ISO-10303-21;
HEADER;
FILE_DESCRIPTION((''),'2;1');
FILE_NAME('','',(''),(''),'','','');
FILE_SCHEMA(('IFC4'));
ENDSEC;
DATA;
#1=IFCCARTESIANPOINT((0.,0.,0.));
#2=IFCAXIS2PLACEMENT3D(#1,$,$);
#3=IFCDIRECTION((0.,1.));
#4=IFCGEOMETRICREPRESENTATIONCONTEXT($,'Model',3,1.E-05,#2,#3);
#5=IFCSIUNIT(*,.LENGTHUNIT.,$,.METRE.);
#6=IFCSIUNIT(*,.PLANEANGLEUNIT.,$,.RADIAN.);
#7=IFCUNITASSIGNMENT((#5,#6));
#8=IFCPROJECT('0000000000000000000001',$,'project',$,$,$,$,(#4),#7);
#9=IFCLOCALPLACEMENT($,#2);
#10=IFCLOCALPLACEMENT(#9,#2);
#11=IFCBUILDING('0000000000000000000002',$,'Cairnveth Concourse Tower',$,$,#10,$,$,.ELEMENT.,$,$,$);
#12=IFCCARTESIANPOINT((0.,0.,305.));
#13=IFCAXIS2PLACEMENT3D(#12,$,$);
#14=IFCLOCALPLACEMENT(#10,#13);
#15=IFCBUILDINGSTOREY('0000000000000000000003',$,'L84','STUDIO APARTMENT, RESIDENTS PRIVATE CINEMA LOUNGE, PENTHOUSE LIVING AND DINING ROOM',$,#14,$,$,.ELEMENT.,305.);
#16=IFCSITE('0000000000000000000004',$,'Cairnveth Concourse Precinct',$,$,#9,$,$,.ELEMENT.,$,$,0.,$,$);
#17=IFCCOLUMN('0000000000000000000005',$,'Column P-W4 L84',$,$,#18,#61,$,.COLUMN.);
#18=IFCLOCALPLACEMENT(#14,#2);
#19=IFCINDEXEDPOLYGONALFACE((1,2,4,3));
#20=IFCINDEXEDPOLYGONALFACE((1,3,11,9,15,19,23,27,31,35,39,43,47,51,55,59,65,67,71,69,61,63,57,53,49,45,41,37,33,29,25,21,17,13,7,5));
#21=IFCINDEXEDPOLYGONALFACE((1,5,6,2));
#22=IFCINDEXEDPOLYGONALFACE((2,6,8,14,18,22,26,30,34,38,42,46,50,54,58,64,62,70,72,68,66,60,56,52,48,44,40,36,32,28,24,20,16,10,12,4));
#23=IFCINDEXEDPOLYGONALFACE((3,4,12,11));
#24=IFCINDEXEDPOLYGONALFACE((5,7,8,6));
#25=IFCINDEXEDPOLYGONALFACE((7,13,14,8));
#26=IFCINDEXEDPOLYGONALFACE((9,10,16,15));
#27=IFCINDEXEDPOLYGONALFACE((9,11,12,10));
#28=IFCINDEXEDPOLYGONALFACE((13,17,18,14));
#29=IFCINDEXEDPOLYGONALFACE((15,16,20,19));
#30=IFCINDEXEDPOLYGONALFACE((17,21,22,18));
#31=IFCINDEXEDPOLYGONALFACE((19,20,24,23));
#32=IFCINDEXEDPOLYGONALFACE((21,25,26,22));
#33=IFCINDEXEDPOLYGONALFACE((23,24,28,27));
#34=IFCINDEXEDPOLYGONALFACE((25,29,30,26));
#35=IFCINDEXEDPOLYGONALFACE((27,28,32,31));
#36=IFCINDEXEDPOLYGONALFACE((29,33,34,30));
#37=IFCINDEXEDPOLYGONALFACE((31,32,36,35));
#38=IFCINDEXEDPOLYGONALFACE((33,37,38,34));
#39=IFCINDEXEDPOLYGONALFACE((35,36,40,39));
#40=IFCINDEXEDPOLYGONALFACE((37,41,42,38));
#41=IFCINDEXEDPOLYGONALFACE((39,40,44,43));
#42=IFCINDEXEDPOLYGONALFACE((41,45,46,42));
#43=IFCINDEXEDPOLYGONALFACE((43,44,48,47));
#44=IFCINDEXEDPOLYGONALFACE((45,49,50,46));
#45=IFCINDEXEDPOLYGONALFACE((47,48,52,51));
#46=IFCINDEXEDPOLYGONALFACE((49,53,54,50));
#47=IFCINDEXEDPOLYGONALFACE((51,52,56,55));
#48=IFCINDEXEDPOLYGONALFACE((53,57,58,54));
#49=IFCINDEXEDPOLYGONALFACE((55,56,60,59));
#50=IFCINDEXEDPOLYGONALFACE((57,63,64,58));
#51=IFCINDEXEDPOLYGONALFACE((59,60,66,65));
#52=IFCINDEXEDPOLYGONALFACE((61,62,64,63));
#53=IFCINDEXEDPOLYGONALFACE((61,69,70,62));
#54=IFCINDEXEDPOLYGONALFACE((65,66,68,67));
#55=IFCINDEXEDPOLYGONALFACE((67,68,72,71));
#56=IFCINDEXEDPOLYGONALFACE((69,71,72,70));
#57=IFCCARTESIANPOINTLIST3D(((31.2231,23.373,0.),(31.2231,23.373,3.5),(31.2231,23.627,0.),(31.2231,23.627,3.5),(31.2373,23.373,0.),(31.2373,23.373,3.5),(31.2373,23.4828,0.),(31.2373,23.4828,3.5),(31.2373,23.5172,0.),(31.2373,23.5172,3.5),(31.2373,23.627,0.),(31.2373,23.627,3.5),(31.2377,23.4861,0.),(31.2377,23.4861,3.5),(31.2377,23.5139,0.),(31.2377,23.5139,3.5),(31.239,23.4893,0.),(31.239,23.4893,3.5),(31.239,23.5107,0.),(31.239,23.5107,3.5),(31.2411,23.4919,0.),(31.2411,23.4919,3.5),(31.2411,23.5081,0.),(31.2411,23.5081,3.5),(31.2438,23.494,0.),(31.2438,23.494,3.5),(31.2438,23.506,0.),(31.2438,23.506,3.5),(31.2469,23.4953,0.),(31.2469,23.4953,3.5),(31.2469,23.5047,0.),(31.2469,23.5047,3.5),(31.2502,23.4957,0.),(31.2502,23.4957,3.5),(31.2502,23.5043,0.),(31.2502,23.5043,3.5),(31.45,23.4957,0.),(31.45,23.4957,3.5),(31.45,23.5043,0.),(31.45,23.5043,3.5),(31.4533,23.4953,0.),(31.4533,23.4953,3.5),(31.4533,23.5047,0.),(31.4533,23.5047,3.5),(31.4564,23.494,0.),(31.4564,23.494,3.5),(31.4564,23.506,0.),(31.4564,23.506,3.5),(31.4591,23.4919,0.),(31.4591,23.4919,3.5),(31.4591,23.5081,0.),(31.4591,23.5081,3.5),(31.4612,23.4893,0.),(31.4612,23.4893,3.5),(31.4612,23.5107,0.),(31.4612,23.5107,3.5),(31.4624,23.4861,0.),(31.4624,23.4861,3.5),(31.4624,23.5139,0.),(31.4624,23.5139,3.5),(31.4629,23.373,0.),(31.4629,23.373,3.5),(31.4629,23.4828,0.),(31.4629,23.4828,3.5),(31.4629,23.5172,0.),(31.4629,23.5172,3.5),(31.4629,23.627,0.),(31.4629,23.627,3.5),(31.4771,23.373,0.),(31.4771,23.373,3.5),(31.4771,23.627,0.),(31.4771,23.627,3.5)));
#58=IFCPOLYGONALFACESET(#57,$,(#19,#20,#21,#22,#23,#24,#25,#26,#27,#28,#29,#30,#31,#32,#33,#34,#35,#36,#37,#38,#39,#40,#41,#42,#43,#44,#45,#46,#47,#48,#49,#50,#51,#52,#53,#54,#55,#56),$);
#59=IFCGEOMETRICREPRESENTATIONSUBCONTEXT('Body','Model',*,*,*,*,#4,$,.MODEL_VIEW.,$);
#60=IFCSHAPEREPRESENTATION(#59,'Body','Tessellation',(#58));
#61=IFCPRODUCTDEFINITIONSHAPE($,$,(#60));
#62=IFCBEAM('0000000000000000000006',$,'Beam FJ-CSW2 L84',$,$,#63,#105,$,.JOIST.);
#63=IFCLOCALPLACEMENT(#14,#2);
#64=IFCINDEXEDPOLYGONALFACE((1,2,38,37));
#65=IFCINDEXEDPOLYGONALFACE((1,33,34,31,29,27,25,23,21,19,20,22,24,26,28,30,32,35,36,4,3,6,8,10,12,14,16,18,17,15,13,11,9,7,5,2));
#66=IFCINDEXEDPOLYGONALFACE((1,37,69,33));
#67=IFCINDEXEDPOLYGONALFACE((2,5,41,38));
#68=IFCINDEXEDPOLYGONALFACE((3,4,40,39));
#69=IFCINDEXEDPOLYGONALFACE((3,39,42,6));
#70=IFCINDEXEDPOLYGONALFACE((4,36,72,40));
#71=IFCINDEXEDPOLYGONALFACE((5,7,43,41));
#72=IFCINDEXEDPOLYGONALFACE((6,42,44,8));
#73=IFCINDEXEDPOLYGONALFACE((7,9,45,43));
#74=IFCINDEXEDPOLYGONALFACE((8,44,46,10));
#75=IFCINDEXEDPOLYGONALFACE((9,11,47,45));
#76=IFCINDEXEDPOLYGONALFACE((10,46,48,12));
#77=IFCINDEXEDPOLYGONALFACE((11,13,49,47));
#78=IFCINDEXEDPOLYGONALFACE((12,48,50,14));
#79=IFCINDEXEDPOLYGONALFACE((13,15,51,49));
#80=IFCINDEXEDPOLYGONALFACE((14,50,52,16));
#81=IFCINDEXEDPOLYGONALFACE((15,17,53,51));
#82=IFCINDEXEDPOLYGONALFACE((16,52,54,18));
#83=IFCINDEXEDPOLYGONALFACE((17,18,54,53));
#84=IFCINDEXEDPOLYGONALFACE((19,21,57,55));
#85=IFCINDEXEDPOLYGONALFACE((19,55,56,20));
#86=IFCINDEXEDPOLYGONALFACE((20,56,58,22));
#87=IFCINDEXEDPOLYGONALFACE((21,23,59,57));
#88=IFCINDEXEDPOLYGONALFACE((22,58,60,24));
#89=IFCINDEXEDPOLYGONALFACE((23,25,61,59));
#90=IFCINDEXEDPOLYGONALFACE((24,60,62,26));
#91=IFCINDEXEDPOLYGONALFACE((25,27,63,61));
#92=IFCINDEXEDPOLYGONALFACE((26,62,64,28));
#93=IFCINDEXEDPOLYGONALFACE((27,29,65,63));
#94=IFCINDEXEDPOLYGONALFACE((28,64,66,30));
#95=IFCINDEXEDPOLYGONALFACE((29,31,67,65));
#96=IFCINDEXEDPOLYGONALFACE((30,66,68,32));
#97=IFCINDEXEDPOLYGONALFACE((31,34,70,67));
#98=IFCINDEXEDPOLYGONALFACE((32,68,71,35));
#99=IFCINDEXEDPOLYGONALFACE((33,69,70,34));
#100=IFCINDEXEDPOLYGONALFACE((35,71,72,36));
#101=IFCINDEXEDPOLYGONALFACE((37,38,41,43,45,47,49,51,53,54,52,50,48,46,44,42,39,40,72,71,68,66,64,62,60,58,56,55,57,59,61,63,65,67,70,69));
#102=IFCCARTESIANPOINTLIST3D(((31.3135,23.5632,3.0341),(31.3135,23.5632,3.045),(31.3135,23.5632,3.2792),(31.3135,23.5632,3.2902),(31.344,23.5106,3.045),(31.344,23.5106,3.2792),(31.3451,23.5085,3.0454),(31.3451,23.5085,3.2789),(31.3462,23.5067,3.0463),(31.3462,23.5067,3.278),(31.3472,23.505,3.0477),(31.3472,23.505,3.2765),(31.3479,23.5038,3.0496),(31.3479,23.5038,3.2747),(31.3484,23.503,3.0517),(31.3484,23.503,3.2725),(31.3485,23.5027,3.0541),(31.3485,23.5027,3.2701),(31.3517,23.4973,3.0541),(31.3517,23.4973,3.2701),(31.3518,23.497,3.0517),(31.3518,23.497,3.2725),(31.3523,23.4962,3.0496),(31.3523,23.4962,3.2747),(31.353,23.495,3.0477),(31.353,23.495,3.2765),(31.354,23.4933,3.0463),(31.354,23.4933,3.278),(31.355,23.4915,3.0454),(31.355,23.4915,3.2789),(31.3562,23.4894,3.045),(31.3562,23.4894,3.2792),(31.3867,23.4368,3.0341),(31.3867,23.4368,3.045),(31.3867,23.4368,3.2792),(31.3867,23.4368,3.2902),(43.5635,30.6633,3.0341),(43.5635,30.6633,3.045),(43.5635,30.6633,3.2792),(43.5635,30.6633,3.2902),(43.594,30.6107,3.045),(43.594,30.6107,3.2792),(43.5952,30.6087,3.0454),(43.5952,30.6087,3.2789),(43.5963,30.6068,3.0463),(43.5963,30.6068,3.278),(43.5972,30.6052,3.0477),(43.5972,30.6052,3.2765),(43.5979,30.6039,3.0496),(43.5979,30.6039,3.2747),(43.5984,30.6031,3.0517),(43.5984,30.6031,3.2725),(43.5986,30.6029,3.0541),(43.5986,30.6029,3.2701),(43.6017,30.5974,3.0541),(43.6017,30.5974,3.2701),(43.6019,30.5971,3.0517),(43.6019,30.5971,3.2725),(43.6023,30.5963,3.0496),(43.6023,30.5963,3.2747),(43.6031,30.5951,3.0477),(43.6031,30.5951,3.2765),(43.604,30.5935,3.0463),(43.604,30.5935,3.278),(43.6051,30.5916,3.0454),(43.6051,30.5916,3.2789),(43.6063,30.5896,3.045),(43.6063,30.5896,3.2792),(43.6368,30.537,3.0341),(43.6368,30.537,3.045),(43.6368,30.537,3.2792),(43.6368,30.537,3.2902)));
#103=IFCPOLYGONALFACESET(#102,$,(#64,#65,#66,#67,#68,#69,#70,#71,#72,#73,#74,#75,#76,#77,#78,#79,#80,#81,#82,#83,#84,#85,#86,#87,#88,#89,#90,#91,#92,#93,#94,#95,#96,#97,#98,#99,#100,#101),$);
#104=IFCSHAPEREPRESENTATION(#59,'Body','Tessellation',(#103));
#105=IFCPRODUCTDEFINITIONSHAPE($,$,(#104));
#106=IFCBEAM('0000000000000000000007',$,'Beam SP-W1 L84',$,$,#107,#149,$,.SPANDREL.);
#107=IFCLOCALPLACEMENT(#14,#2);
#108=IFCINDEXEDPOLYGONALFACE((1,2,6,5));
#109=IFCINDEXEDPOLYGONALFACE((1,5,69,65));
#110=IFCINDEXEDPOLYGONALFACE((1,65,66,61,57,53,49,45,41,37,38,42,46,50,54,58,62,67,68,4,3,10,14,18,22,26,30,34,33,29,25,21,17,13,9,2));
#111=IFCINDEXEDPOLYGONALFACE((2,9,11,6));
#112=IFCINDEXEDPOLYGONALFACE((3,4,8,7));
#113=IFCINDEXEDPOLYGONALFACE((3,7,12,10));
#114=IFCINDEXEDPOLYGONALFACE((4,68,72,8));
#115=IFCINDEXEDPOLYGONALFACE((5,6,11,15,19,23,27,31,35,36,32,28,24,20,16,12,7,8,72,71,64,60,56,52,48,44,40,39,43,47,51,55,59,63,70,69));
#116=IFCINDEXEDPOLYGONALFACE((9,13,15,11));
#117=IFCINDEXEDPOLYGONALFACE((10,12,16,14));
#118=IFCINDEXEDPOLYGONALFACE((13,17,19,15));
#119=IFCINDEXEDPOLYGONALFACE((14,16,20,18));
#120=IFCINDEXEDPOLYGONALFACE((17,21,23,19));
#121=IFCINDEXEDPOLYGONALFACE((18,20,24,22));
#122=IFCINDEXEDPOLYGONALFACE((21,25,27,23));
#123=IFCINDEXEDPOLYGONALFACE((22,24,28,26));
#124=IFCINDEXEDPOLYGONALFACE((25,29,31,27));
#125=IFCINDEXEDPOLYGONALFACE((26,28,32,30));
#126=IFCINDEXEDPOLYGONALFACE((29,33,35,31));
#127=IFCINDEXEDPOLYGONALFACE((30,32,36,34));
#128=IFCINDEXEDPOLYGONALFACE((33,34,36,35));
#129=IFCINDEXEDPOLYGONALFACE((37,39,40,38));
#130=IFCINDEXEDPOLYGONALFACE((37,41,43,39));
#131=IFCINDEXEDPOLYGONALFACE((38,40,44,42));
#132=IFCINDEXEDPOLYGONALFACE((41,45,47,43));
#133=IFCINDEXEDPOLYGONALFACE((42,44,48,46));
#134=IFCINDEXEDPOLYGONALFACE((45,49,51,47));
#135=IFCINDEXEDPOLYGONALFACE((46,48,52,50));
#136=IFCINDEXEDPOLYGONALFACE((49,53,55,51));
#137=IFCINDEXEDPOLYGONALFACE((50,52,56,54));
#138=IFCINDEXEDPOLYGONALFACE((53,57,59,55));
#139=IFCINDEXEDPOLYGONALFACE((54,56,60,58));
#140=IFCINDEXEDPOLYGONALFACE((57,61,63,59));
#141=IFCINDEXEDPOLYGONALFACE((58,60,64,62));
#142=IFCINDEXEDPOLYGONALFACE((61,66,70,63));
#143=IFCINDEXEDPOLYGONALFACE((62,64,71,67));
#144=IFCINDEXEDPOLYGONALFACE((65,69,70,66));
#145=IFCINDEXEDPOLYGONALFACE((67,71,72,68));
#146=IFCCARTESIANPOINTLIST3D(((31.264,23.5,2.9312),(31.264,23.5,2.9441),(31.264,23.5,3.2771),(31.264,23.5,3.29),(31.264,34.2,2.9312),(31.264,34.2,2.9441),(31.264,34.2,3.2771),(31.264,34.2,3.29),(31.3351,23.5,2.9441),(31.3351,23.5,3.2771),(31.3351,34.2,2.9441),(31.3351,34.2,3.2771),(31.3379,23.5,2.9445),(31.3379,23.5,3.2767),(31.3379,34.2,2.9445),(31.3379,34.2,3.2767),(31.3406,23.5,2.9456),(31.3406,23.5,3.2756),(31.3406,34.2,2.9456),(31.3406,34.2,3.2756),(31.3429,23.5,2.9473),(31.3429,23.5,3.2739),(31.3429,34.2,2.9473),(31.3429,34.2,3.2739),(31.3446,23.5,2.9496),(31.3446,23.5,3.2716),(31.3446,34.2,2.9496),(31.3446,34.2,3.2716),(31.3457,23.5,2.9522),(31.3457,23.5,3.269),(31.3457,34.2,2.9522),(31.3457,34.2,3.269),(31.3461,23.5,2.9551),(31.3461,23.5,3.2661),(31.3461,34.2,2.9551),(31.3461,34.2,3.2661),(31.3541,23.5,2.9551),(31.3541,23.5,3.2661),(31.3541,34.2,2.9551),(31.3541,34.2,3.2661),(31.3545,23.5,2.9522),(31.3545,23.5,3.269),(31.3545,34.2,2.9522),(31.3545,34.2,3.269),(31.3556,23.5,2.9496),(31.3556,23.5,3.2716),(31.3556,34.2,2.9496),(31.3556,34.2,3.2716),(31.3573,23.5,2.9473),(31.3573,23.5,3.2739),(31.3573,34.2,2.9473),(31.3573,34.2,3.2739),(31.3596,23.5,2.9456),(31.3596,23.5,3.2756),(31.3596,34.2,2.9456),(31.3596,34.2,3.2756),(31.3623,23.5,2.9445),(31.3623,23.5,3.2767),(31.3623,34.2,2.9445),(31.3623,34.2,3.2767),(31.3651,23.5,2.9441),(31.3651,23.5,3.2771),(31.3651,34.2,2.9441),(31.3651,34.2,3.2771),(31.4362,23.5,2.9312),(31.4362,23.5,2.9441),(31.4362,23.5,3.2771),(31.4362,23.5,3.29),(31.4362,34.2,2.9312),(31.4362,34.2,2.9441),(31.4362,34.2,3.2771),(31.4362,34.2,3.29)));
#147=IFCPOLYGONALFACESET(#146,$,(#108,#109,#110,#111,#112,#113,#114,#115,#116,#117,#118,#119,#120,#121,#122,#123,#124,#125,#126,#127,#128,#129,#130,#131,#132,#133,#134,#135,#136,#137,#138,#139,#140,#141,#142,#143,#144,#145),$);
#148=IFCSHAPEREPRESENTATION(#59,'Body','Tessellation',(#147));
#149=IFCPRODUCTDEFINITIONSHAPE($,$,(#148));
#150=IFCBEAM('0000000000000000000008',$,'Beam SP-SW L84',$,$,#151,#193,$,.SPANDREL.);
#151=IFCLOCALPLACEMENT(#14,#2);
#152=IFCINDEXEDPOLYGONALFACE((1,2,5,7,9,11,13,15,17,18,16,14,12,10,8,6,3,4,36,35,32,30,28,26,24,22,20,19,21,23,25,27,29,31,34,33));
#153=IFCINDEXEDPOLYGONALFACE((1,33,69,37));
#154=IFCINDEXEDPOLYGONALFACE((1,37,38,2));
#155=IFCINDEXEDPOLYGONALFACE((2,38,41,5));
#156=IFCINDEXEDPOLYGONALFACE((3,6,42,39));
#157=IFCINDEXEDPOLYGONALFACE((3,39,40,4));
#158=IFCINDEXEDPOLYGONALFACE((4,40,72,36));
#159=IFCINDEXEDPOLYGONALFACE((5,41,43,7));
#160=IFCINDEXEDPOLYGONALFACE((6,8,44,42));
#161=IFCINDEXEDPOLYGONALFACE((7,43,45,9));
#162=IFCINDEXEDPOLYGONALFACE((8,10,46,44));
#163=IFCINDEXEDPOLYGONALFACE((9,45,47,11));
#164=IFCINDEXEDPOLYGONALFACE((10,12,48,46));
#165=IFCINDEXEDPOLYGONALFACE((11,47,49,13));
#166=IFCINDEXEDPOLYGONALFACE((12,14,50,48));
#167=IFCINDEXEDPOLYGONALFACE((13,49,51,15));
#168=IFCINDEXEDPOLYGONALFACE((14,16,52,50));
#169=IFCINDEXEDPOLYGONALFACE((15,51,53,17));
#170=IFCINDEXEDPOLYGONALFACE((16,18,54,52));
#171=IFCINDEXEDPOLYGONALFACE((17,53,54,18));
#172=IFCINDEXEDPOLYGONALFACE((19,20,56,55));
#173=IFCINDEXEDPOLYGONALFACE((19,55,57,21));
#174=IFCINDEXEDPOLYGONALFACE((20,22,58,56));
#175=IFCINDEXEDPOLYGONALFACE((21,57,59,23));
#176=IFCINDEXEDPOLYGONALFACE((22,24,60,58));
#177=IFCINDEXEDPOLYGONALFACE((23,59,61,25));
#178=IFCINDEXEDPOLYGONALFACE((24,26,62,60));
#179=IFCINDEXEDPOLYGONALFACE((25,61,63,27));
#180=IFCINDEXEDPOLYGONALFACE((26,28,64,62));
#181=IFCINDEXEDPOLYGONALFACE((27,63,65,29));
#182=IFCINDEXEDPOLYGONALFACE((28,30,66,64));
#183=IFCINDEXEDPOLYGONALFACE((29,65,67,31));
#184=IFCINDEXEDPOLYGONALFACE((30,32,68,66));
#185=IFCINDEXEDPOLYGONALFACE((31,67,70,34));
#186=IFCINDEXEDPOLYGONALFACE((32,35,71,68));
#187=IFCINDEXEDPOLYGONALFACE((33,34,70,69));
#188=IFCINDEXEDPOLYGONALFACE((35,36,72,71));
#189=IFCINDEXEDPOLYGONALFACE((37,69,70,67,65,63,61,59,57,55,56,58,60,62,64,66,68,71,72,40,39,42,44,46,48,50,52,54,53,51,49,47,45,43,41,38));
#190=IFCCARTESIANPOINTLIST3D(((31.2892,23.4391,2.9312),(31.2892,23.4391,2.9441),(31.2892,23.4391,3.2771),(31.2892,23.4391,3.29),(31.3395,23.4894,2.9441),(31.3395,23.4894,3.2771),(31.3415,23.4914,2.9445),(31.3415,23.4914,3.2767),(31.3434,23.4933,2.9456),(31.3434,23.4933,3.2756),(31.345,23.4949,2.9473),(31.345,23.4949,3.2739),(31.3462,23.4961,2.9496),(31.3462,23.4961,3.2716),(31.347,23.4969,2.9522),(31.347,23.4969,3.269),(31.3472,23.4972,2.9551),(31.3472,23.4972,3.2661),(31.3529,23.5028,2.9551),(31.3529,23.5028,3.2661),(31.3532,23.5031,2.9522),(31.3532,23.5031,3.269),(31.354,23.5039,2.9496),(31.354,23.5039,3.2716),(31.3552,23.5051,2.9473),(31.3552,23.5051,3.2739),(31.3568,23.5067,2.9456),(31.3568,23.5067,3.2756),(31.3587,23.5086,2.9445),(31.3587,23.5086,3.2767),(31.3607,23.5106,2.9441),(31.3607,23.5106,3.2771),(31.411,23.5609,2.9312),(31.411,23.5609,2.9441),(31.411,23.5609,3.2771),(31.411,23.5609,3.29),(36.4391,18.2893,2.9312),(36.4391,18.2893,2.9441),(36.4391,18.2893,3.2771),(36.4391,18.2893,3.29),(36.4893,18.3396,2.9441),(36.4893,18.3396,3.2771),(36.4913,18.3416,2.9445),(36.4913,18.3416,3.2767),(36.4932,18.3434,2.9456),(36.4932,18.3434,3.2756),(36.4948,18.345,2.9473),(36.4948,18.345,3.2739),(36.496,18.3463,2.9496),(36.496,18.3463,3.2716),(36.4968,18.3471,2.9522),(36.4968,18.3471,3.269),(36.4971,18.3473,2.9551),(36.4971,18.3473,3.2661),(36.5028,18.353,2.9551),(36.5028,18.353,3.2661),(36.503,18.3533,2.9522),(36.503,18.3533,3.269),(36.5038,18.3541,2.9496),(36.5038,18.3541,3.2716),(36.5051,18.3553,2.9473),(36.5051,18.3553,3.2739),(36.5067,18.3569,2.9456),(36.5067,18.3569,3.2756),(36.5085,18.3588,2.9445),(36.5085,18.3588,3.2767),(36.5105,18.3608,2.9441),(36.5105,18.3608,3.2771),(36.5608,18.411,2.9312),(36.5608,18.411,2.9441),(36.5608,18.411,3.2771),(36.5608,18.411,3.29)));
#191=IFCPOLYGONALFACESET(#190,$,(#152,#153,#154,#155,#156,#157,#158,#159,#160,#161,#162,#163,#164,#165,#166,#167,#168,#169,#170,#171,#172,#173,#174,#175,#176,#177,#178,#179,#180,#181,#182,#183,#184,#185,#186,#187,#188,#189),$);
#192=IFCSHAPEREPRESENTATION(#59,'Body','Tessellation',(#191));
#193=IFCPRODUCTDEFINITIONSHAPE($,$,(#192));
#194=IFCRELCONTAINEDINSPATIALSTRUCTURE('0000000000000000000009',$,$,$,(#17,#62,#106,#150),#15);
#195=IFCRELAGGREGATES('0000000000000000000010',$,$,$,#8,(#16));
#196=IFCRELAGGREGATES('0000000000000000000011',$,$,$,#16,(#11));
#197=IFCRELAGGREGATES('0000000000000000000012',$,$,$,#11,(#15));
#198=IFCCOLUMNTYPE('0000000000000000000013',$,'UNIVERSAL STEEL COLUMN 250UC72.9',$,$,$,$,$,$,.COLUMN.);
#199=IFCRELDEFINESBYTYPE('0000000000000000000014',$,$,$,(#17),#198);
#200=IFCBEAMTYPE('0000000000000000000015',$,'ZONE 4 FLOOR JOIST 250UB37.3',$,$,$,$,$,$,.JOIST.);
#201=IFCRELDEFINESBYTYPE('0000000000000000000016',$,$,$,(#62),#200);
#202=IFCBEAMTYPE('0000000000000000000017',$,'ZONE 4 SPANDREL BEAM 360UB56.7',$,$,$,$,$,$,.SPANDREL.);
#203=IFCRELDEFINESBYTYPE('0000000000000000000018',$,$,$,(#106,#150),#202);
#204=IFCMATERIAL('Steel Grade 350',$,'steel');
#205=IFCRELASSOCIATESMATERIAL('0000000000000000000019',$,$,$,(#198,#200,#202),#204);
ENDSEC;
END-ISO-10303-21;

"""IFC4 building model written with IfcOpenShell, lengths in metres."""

from ifc_helpers import new_model, si_unit, direction, frame, origin, origin_2d, place, context, subcontext, project, spatial, i_section, extrude, material, material_profile, profile_set, type_object, element, save


model = new_model("IFC4")

# Units and contexts
model_context = context("Model", 3, precision=1e-05, world=origin(), true_north=direction((0.0, 1.0)))
body_context = subcontext(model_context, "Body", "Model", "MODEL_VIEW")
ifc_project = project(units=[si_unit("LENGTHUNIT", "METRE"), si_unit("PLANEANGLEUNIT", "RADIAN")], contexts=[model_context])

# Site, building, storey
site_placement = place(None, origin())
site = spatial("IfcSite", under=ifc_project, at=site_placement, Name="Cairnveth Concourse Precinct", CompositionType="ELEMENT", RefElevation=0.0)
building_placement = place(site_placement, origin())
building = spatial("IfcBuilding", under=site, at=building_placement, Name="Cairnveth Concourse Tower", CompositionType="ELEMENT")
storey_placement = place(building_placement, frame((0.0, 0.0, 305.0)))
storey = spatial("IfcBuildingStorey", under=building, at=storey_placement, Name="L84", Description="STUDIO APARTMENT, RESIDENTS PRIVATE CINEMA LOUNGE, PENTHOUSE LIVING AND DINING ROOM", CompositionType="ELEMENT", Elevation=305.0)

# Column
ifc_material_1 = material(Name="Steel Grade 350", Category="steel")
ifc_material_profile_1 = material_profile(ifc_material_1, i_section(OverallWidth=0.2539, OverallDepth=0.2539, WebThickness=0.0085, FlangeThickness=0.0142, FilletRadius=0.0129, at=origin_2d()), Name="250UC72.9")
ifc_profile_set_1 = profile_set([ifc_material_profile_1], Name="Steel Grade 350")
column_type = type_object("IfcColumnType", Name="UNIVERSAL STEEL COLUMN 250UC72.9", PredefinedType="COLUMN", material=ifc_profile_set_1)
column_placement = place(storey_placement, frame((31.3501, 23.5, 0.0), z_axis=(0.0, 0.0, 1.0), x_axis=(0.0, 1.0, 0.0)))
element("IfcColumn", 1, at=column_placement, inside=storey, type_object=column_type, Name="Column P-W4 L84", PredefinedType="COLUMN", context=body_context, shape_type="SweptSolid", body=[
    extrude(i_section(OverallWidth=0.2539, OverallDepth=0.2539, WebThickness=0.0085, FlangeThickness=0.0142, FilletRadius=0.0129, at=origin_2d()), origin(), (0.0, 0.0, 1.0), 3.5),
])

# Beams
ifc_material_profile_2 = material_profile(ifc_material_1, i_section(OverallWidth=0.146, OverallDepth=0.2561, WebThickness=0.0063, FlangeThickness=0.011, FilletRadius=0.009, at=origin_2d()), Name="250UB37.3")
ifc_profile_set_2 = profile_set([ifc_material_profile_2], Name="Steel Grade 350")
beam_type_1 = type_object("IfcBeamType", Name="ZONE 4 FLOOR JOIST 250UB37.3", PredefinedType="JOIST", material=ifc_profile_set_2)
beam_1_placement = place(storey_placement, frame((31.3501, 23.5, 3.1621), z_axis=(0.865181, 0.501459, 0.0), x_axis=(-0.501459, 0.865181, 0.0)))
element("IfcBeam", 2, at=beam_1_placement, inside=storey, type_object=beam_type_1, Name="Beam FJ-CSW2 L84", PredefinedType="JOIST", context=body_context, shape_type="SweptSolid", body=[
    extrude(i_section(OverallWidth=0.146, OverallDepth=0.2561, WebThickness=0.0063, FlangeThickness=0.011, FilletRadius=0.009, at=origin_2d()), origin(), (0.0, 0.0, 1.0), 14.1589),
])
ifc_material_profile_3 = material_profile(ifc_material_1, i_section(OverallWidth=0.1721, OverallDepth=0.3589, WebThickness=0.0081, FlangeThickness=0.0129, FilletRadius=0.011, at=origin_2d()), Name="360UB56.7")
ifc_profile_set_3 = profile_set([ifc_material_profile_3], Name="Steel Grade 350")
beam_type_2 = type_object("IfcBeamType", Name="ZONE 4 SPANDREL BEAM 360UB56.7", PredefinedType="SPANDREL", material=ifc_profile_set_3)
beam_2_placement = place(storey_placement, frame((31.3501, 23.5, 3.1106), z_axis=(0.0, 1.0, 0.0), x_axis=(-1.0, 0.0, 0.0)))
element("IfcBeam", 3, at=beam_2_placement, inside=storey, type_object=beam_type_2, Name="Beam SP-W1 L84", PredefinedType="SPANDREL", context=body_context, shape_type="SweptSolid", body=[
    extrude(i_section(OverallWidth=0.1721, OverallDepth=0.3589, WebThickness=0.0081, FlangeThickness=0.0129, FilletRadius=0.011, at=origin_2d()), origin(), (0.0, 0.0, 1.0), 10.7),
])
beam_3_placement = place(storey_placement, frame((31.3501, 23.5, 3.1106), z_axis=(0.707107, -0.707107, 0.0), x_axis=(0.707107, 0.707107, 0.0)))
element("IfcBeam", 4, at=beam_3_placement, inside=storey, type_object=beam_type_2, Name="Beam SP-SW L84", PredefinedType="SPANDREL", context=body_context, shape_type="SweptSolid", body=[
    extrude(i_section(OverallWidth=0.1721, OverallDepth=0.3589, WebThickness=0.0081, FlangeThickness=0.0129, FilletRadius=0.011, at=origin_2d()), origin(), (0.0, 0.0, 1.0), 7.283),
])

save(model, "model.ifc")
